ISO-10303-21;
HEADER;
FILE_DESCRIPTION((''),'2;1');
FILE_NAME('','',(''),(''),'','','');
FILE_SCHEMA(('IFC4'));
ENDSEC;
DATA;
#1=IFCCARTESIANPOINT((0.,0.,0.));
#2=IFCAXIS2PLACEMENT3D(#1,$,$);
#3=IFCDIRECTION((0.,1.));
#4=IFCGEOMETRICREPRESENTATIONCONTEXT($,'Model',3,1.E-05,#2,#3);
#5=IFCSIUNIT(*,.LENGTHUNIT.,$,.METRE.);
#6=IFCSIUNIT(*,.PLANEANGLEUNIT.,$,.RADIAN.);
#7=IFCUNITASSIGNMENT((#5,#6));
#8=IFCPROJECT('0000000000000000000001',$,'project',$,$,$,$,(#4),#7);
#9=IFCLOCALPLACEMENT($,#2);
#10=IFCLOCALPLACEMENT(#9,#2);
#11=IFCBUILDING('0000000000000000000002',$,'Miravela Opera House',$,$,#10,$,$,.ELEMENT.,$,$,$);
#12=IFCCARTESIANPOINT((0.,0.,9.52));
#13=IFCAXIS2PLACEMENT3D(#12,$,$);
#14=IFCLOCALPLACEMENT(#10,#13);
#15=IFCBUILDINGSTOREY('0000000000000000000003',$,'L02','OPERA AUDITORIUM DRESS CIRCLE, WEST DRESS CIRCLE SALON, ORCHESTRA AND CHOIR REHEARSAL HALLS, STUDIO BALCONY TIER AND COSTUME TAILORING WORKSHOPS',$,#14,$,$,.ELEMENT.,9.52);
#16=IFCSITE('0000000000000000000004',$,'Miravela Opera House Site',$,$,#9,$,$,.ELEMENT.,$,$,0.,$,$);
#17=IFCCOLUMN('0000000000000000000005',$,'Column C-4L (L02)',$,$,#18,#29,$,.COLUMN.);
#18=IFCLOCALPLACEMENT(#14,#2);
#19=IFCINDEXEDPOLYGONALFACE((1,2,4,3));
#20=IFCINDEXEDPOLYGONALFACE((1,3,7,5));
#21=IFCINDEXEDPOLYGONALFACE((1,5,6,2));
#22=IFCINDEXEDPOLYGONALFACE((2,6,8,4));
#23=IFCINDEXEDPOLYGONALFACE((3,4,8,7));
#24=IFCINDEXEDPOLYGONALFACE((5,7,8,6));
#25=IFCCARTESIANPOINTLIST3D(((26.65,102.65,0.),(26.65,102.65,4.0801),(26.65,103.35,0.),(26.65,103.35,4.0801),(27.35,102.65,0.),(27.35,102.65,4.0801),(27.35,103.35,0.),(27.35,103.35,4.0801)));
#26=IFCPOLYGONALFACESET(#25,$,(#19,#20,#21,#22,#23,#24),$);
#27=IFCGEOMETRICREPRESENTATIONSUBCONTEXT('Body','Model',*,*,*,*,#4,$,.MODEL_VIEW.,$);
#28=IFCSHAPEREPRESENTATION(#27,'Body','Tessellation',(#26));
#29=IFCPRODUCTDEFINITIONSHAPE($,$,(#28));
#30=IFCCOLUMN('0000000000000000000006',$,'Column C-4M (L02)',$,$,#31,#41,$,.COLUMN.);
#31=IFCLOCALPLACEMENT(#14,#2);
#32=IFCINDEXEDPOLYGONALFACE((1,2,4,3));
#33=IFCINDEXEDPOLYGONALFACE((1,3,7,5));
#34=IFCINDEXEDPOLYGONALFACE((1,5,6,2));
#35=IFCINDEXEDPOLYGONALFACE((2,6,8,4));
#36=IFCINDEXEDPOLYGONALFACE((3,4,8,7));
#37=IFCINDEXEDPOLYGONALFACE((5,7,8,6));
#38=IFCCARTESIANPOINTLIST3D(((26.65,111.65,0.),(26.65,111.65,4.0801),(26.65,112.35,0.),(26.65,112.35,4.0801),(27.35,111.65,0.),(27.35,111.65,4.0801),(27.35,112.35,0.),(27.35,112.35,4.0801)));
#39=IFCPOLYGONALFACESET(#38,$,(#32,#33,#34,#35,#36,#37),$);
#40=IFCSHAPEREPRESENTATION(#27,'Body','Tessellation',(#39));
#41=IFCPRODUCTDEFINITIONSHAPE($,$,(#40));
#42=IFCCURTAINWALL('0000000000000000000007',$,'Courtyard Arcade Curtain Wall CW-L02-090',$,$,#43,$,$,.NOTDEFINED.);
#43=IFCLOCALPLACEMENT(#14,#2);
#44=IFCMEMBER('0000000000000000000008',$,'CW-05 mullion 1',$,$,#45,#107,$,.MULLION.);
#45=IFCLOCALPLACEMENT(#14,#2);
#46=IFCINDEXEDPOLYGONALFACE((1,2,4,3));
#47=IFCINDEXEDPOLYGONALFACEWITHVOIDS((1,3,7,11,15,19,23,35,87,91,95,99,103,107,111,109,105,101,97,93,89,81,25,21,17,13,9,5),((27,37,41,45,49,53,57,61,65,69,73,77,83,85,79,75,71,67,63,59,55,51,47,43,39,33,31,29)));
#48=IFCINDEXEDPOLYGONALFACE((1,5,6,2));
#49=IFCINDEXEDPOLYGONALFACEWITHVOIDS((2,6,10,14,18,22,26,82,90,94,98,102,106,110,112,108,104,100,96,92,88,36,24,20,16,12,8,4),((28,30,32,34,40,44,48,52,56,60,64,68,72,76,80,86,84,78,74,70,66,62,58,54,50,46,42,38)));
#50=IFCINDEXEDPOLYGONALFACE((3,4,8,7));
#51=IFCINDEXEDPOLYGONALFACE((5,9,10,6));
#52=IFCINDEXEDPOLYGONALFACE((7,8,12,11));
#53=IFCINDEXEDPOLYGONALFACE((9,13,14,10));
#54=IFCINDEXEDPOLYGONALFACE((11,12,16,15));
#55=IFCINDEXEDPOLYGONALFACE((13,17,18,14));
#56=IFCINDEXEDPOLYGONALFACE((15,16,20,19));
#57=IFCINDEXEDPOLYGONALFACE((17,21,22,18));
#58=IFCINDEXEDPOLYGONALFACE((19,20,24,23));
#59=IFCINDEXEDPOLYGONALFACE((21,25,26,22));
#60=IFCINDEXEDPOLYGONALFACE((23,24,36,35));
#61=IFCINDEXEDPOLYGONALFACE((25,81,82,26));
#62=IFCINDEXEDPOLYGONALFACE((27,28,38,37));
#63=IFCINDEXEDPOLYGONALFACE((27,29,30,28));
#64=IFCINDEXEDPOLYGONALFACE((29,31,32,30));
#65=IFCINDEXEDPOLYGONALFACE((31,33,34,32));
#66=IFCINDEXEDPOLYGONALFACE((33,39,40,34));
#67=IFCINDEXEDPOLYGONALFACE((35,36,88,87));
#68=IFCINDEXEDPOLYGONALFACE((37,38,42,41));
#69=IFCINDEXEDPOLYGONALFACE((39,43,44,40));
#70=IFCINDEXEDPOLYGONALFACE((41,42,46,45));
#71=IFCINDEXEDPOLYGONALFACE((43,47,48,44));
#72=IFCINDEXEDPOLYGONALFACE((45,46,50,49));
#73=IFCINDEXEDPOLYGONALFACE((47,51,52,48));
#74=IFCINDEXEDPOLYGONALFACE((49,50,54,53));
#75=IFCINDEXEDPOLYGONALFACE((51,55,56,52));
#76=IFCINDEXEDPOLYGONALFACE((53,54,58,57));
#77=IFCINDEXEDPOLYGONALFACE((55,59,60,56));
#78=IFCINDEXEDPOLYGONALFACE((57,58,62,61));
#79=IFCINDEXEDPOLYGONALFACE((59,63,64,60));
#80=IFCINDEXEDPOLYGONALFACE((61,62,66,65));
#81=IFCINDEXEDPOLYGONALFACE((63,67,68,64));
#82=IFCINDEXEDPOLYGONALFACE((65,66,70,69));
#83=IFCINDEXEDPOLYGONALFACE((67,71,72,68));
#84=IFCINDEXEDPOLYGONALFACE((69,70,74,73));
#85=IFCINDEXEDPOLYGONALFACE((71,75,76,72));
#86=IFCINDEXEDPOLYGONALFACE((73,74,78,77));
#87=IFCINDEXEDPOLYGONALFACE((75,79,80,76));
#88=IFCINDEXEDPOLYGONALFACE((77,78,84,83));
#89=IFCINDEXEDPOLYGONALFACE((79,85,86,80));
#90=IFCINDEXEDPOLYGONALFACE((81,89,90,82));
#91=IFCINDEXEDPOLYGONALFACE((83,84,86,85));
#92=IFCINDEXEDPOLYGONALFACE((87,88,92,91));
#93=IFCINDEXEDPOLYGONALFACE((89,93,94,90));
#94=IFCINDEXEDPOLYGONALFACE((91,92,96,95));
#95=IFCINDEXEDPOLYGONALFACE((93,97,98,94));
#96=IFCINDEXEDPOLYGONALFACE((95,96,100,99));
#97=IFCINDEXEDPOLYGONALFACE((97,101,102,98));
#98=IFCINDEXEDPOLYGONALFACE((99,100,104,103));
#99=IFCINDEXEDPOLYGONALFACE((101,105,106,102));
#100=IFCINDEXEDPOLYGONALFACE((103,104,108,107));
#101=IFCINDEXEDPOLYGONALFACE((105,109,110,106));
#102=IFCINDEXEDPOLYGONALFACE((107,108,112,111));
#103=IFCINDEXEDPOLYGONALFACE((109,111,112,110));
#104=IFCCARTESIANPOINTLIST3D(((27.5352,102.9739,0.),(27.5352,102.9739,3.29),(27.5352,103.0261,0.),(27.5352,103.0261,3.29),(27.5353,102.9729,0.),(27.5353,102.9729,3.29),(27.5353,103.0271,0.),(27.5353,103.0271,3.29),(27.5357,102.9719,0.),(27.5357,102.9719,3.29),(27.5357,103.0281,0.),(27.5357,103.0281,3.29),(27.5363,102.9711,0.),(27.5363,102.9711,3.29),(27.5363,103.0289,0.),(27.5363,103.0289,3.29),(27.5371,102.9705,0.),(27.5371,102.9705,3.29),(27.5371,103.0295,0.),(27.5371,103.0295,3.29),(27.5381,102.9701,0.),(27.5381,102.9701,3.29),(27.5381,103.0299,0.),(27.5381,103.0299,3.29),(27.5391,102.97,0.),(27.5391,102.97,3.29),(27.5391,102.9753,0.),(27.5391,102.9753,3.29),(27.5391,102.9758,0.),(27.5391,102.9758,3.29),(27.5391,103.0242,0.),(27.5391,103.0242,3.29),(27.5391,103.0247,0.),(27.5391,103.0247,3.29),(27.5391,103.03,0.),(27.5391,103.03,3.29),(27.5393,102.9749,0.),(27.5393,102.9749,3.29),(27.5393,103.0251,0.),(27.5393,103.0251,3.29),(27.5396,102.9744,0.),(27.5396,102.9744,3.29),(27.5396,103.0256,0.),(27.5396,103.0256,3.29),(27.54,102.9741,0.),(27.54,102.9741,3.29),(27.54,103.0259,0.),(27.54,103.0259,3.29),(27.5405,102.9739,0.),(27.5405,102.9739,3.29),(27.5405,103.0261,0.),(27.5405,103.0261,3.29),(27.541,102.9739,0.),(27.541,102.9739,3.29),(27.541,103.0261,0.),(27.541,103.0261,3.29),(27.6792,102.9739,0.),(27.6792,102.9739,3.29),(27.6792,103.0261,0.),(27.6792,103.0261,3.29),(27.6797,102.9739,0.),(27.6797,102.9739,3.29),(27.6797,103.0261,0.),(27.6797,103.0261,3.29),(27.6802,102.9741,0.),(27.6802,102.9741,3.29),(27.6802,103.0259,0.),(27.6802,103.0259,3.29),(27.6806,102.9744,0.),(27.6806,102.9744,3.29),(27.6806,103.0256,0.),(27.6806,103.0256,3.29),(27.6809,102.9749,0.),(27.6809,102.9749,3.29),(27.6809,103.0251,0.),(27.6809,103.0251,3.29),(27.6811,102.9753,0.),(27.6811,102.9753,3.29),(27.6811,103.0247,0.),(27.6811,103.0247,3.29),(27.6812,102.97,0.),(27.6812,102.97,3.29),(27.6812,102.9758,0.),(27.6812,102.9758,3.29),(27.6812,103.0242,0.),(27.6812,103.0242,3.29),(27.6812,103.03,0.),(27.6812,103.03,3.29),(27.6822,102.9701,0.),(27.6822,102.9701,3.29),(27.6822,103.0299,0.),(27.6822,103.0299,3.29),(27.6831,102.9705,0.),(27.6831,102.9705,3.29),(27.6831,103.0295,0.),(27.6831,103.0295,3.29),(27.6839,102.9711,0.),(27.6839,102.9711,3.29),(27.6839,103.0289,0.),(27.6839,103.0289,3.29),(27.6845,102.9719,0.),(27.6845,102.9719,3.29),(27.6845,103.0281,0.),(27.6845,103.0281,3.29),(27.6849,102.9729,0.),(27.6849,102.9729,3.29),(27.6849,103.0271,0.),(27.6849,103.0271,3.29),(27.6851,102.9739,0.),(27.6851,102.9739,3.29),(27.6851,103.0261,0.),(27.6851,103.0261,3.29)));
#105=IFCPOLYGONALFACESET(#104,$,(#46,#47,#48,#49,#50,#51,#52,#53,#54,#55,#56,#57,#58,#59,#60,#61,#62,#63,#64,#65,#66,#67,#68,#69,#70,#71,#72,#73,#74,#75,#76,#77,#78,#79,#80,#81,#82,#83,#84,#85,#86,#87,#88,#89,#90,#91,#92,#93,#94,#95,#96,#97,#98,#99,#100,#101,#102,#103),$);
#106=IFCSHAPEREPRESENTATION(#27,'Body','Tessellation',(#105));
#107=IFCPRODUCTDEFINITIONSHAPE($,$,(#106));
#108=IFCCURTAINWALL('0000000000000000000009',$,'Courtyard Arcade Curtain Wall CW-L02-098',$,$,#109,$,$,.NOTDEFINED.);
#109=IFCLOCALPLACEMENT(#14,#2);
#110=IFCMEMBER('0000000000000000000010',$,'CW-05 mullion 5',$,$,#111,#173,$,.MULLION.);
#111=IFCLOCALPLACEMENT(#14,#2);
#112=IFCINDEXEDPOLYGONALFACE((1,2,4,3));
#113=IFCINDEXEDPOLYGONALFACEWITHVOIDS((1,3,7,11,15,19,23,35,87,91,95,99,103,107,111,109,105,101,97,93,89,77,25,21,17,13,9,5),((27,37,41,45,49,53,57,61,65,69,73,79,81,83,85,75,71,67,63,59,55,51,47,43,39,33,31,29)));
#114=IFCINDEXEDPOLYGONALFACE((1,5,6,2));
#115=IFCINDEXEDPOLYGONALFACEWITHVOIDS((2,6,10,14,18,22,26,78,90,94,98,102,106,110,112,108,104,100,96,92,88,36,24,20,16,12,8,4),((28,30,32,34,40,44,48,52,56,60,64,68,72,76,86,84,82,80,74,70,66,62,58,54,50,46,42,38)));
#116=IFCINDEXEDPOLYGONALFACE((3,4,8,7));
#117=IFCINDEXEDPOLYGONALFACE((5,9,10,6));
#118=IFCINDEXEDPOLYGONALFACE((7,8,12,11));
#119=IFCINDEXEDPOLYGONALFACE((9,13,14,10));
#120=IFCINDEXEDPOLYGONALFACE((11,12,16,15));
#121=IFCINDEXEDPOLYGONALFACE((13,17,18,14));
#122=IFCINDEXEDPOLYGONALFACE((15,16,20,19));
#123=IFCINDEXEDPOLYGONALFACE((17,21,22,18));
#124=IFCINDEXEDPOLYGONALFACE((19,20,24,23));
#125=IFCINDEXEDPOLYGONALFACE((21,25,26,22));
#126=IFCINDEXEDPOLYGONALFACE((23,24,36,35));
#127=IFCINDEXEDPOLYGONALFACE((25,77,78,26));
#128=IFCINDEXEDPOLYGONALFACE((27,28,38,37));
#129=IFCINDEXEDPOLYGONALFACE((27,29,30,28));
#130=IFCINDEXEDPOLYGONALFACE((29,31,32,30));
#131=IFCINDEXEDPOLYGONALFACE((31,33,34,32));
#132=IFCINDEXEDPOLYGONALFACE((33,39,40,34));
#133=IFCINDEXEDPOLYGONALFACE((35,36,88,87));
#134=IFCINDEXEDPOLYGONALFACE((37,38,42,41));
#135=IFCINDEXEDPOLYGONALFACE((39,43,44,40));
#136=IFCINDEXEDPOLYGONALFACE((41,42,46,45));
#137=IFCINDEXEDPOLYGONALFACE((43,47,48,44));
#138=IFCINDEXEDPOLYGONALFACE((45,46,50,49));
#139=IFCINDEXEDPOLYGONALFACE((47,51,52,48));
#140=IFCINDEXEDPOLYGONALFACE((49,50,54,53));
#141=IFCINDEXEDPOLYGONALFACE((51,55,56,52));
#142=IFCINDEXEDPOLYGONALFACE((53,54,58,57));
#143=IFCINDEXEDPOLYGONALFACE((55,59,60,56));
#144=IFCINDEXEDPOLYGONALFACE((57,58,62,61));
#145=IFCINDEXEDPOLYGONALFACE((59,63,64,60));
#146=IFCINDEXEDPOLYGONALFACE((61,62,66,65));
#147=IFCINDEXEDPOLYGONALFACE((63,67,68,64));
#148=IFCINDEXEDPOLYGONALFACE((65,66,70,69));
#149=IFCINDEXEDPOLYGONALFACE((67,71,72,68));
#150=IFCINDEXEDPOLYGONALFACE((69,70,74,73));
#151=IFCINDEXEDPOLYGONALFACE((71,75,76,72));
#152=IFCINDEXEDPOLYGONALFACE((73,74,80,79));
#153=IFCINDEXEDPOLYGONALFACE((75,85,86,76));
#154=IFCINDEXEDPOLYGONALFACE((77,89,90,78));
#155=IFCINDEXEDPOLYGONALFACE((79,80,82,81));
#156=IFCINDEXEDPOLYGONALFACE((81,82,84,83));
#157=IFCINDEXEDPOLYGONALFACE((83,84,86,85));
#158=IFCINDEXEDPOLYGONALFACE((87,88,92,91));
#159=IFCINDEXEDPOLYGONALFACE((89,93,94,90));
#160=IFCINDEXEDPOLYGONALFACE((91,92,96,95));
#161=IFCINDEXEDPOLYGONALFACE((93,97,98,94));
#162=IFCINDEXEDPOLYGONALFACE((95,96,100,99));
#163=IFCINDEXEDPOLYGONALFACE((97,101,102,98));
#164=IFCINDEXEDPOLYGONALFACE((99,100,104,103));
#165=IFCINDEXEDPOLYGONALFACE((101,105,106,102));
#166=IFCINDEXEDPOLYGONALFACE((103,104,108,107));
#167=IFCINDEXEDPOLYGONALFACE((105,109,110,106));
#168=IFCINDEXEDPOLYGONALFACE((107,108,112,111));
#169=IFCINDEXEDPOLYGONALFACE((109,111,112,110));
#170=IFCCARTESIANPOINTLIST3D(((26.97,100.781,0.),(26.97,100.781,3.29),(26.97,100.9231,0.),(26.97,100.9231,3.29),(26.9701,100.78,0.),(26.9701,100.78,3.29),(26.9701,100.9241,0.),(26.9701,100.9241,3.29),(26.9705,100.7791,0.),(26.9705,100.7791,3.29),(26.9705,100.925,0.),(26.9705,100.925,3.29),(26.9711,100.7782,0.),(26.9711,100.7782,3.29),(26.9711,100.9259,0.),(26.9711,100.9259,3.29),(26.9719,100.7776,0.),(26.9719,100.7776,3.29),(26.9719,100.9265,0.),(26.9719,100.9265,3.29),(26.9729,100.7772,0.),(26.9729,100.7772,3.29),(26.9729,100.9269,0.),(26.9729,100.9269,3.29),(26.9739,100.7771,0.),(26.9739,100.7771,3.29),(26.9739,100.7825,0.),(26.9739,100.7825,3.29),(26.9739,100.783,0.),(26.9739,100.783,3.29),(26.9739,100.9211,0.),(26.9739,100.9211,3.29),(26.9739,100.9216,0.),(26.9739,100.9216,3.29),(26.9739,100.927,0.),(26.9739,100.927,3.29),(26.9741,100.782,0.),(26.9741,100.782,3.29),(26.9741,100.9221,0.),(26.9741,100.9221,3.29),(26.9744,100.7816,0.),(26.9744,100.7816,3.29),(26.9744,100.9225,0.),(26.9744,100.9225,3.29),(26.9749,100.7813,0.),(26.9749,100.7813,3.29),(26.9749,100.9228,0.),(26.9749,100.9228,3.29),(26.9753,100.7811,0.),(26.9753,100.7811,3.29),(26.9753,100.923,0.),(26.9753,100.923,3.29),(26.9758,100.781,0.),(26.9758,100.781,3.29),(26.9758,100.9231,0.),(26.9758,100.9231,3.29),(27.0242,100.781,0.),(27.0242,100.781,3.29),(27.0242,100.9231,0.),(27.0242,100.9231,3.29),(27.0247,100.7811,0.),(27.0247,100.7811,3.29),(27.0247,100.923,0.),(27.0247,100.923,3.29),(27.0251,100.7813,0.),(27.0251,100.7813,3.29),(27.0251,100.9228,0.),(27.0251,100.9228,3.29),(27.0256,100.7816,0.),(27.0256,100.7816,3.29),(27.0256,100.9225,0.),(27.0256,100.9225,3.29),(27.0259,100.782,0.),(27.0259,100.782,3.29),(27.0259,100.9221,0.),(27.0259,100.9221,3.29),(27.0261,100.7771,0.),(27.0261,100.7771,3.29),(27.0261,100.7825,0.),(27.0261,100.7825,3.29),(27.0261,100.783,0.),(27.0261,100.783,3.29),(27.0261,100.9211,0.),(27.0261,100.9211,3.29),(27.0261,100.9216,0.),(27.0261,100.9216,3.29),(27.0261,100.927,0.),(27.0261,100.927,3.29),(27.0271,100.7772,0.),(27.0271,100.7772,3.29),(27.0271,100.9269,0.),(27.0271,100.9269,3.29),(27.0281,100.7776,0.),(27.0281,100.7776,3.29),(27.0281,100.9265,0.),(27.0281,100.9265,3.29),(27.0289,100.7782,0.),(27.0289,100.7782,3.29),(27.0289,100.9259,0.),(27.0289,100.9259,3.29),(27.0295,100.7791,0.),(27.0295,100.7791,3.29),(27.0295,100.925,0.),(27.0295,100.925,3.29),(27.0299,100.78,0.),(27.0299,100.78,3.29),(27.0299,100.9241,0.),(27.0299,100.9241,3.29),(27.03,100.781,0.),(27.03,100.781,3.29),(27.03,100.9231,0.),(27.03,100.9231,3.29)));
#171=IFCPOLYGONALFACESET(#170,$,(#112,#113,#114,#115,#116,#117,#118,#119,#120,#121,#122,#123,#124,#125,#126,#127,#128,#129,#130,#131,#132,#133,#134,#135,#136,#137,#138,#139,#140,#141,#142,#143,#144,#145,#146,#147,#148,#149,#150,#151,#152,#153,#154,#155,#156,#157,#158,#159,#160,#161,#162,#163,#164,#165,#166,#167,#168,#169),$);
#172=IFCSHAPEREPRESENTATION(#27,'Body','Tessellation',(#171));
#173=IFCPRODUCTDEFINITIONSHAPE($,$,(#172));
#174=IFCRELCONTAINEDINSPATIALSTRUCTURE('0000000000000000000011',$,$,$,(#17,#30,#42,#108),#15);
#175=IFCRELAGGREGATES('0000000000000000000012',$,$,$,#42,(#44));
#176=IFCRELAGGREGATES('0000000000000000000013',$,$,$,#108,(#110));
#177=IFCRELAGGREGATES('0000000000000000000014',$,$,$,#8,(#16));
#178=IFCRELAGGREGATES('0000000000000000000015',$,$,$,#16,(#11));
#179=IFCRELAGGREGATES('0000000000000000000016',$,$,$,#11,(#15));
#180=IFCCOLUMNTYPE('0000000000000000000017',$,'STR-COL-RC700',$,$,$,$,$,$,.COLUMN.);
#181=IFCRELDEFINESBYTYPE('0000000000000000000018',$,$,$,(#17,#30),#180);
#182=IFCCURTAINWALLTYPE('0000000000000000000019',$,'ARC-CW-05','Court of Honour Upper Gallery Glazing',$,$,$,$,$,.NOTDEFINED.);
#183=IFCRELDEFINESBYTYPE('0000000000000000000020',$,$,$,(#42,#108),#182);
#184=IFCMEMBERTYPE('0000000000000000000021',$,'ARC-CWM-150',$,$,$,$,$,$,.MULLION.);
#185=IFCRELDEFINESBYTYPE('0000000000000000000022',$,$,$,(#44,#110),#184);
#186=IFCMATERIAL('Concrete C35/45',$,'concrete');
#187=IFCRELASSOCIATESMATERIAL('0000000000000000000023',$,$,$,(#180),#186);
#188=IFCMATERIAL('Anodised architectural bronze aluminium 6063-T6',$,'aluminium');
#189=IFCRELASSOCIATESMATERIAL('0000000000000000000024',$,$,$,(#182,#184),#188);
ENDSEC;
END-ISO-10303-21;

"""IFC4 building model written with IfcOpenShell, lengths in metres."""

from ifc_helpers import new_model, si_unit, direction, frame, origin, origin_2d, place, context, subcontext, project, spatial, rectangle, hollow_rectangle, extrude, material, material_profile, profile_set, type_object, element, aggregate, save


model = new_model("IFC4")

# Units and contexts
model_context = context("Model", 3, precision=1e-05, world=origin(), true_north=direction((0.0, 1.0)))
body_context = subcontext(model_context, "Body", "Model", "MODEL_VIEW")
ifc_project = project(units=[si_unit("LENGTHUNIT", "METRE"), si_unit("PLANEANGLEUNIT", "RADIAN")], contexts=[model_context])

# Site, building, storey
site_placement = place(None, origin())
site = spatial("IfcSite", under=ifc_project, at=site_placement, Name="Miravela Opera House Site", CompositionType="ELEMENT", RefElevation=0.0)
building_placement = place(site_placement, origin())
building = spatial("IfcBuilding", under=site, at=building_placement, Name="Miravela Opera House", CompositionType="ELEMENT")
storey_placement = place(building_placement, frame((0.0, 0.0, 9.52)))
storey = spatial("IfcBuildingStorey", under=building, at=storey_placement, Name="L02", Description="OPERA AUDITORIUM DRESS CIRCLE, WEST DRESS CIRCLE SALON, ORCHESTRA AND CHOIR REHEARSAL HALLS, STUDIO BALCONY TIER AND COSTUME TAILORING WORKSHOPS", CompositionType="ELEMENT", Elevation=9.52)

# Columns
ifc_material_1 = material(Name="Concrete C35/45", Category="concrete")
ifc_material_profile_1 = material_profile(ifc_material_1, rectangle(XDim=0.7, YDim=0.7, at=origin_2d()), Name="RC-COL-700X700")
ifc_profile_set_1 = profile_set([ifc_material_profile_1])
column_type = type_object("IfcColumnType", Name="STR-COL-RC700", PredefinedType="COLUMN", material=ifc_profile_set_1)
for number, where, z_axis, x_axis, name in (
    (1, (27.0, 103.0, 0.0), (0.0, 0.0, 1.0), (1.0, 0.0, 0.0), "Column C-4L (L02)"),
    (2, (27.0, 112.0, 0.0), (0.0, 0.0, 1.0), (1.0, 0.0, 0.0), "Column C-4M (L02)"),
):
    element("IfcColumn", number, at=place(storey_placement, frame(where, z_axis=z_axis, x_axis=x_axis)), inside=storey, type_object=column_type, Name=name, PredefinedType="COLUMN", context=body_context, shape_type="SweptSolid", body=[
        extrude(rectangle(XDim=0.7, YDim=0.7, at=origin_2d()), origin(), (0.0, 0.0, 1.0), 4.0801),
    ])

# Curtain wall, member
ifc_material_2 = material(Name="Anodised architectural bronze aluminium 6063-T6", Category="aluminium")
curtain_wall_type = type_object("IfcCurtainWallType", Name="ARC-CW-05", Description="Court of Honour Upper Gallery Glazing", PredefinedType="NOTDEFINED", material=ifc_material_2)
curtain_wall_1_placement = place(storey_placement, origin())
curtain_wall_1 = element("IfcCurtainWall", 3, at=curtain_wall_1_placement, inside=storey, type_object=curtain_wall_type, Name="Courtyard Arcade Curtain Wall CW-L02-090", PredefinedType="NOTDEFINED")
ifc_material_profile_2 = material_profile(ifc_material_2, hollow_rectangle(XDim=0.0601, YDim=0.1499, WallThickness=0.0039, InnerFilletRadius=0.002, OuterFilletRadius=0.0039, at=origin_2d()), Name="CWM-60X150")
ifc_profile_set_2 = profile_set([ifc_material_profile_2])
member_type_1 = type_object("IfcMemberType", Name="ARC-CWM-150", PredefinedType="MULLION", material=ifc_profile_set_2)
member_1_placement = place(storey_placement, frame((27.6101, 103.0, 0.0), z_axis=(0.0, 0.0, 1.0), x_axis=(0.0, 1.0, 0.0)))
member_1 = element("IfcMember", 4, at=member_1_placement, type_object=member_type_1, Name="CW-05 mullion 1", PredefinedType="MULLION", context=body_context, shape_type="SweptSolid", body=[
    extrude(hollow_rectangle(XDim=0.0601, YDim=0.1499, WallThickness=0.0039, InnerFilletRadius=0.002, OuterFilletRadius=0.0039, at=origin_2d()), origin(), (0.0, 0.0, 1.0), 3.29),
])

# Curtain wall, member
curtain_wall_2_placement = place(storey_placement, origin())
curtain_wall_2 = element("IfcCurtainWall", 5, at=curtain_wall_2_placement, inside=storey, type_object=curtain_wall_type, Name="Courtyard Arcade Curtain Wall CW-L02-098", PredefinedType="NOTDEFINED")
member_2_placement = place(storey_placement, frame((27.0, 100.8521, 0.0), z_axis=(0.0, 0.0, 1.0), x_axis=(-1.0, 0.0, 0.0)))
member_2 = element("IfcMember", 6, at=member_2_placement, type_object=member_type_1, Name="CW-05 mullion 5", PredefinedType="MULLION", context=body_context, shape_type="SweptSolid", body=[
    extrude(hollow_rectangle(XDim=0.0601, YDim=0.1499, WallThickness=0.0039, InnerFilletRadius=0.002, OuterFilletRadius=0.0039, at=origin_2d()), origin(), (0.0, 0.0, 1.0), 3.29),
])

aggregate(curtain_wall_1, [member_1])
aggregate(curtain_wall_2, [member_2])

save(model, "model.ifc")
